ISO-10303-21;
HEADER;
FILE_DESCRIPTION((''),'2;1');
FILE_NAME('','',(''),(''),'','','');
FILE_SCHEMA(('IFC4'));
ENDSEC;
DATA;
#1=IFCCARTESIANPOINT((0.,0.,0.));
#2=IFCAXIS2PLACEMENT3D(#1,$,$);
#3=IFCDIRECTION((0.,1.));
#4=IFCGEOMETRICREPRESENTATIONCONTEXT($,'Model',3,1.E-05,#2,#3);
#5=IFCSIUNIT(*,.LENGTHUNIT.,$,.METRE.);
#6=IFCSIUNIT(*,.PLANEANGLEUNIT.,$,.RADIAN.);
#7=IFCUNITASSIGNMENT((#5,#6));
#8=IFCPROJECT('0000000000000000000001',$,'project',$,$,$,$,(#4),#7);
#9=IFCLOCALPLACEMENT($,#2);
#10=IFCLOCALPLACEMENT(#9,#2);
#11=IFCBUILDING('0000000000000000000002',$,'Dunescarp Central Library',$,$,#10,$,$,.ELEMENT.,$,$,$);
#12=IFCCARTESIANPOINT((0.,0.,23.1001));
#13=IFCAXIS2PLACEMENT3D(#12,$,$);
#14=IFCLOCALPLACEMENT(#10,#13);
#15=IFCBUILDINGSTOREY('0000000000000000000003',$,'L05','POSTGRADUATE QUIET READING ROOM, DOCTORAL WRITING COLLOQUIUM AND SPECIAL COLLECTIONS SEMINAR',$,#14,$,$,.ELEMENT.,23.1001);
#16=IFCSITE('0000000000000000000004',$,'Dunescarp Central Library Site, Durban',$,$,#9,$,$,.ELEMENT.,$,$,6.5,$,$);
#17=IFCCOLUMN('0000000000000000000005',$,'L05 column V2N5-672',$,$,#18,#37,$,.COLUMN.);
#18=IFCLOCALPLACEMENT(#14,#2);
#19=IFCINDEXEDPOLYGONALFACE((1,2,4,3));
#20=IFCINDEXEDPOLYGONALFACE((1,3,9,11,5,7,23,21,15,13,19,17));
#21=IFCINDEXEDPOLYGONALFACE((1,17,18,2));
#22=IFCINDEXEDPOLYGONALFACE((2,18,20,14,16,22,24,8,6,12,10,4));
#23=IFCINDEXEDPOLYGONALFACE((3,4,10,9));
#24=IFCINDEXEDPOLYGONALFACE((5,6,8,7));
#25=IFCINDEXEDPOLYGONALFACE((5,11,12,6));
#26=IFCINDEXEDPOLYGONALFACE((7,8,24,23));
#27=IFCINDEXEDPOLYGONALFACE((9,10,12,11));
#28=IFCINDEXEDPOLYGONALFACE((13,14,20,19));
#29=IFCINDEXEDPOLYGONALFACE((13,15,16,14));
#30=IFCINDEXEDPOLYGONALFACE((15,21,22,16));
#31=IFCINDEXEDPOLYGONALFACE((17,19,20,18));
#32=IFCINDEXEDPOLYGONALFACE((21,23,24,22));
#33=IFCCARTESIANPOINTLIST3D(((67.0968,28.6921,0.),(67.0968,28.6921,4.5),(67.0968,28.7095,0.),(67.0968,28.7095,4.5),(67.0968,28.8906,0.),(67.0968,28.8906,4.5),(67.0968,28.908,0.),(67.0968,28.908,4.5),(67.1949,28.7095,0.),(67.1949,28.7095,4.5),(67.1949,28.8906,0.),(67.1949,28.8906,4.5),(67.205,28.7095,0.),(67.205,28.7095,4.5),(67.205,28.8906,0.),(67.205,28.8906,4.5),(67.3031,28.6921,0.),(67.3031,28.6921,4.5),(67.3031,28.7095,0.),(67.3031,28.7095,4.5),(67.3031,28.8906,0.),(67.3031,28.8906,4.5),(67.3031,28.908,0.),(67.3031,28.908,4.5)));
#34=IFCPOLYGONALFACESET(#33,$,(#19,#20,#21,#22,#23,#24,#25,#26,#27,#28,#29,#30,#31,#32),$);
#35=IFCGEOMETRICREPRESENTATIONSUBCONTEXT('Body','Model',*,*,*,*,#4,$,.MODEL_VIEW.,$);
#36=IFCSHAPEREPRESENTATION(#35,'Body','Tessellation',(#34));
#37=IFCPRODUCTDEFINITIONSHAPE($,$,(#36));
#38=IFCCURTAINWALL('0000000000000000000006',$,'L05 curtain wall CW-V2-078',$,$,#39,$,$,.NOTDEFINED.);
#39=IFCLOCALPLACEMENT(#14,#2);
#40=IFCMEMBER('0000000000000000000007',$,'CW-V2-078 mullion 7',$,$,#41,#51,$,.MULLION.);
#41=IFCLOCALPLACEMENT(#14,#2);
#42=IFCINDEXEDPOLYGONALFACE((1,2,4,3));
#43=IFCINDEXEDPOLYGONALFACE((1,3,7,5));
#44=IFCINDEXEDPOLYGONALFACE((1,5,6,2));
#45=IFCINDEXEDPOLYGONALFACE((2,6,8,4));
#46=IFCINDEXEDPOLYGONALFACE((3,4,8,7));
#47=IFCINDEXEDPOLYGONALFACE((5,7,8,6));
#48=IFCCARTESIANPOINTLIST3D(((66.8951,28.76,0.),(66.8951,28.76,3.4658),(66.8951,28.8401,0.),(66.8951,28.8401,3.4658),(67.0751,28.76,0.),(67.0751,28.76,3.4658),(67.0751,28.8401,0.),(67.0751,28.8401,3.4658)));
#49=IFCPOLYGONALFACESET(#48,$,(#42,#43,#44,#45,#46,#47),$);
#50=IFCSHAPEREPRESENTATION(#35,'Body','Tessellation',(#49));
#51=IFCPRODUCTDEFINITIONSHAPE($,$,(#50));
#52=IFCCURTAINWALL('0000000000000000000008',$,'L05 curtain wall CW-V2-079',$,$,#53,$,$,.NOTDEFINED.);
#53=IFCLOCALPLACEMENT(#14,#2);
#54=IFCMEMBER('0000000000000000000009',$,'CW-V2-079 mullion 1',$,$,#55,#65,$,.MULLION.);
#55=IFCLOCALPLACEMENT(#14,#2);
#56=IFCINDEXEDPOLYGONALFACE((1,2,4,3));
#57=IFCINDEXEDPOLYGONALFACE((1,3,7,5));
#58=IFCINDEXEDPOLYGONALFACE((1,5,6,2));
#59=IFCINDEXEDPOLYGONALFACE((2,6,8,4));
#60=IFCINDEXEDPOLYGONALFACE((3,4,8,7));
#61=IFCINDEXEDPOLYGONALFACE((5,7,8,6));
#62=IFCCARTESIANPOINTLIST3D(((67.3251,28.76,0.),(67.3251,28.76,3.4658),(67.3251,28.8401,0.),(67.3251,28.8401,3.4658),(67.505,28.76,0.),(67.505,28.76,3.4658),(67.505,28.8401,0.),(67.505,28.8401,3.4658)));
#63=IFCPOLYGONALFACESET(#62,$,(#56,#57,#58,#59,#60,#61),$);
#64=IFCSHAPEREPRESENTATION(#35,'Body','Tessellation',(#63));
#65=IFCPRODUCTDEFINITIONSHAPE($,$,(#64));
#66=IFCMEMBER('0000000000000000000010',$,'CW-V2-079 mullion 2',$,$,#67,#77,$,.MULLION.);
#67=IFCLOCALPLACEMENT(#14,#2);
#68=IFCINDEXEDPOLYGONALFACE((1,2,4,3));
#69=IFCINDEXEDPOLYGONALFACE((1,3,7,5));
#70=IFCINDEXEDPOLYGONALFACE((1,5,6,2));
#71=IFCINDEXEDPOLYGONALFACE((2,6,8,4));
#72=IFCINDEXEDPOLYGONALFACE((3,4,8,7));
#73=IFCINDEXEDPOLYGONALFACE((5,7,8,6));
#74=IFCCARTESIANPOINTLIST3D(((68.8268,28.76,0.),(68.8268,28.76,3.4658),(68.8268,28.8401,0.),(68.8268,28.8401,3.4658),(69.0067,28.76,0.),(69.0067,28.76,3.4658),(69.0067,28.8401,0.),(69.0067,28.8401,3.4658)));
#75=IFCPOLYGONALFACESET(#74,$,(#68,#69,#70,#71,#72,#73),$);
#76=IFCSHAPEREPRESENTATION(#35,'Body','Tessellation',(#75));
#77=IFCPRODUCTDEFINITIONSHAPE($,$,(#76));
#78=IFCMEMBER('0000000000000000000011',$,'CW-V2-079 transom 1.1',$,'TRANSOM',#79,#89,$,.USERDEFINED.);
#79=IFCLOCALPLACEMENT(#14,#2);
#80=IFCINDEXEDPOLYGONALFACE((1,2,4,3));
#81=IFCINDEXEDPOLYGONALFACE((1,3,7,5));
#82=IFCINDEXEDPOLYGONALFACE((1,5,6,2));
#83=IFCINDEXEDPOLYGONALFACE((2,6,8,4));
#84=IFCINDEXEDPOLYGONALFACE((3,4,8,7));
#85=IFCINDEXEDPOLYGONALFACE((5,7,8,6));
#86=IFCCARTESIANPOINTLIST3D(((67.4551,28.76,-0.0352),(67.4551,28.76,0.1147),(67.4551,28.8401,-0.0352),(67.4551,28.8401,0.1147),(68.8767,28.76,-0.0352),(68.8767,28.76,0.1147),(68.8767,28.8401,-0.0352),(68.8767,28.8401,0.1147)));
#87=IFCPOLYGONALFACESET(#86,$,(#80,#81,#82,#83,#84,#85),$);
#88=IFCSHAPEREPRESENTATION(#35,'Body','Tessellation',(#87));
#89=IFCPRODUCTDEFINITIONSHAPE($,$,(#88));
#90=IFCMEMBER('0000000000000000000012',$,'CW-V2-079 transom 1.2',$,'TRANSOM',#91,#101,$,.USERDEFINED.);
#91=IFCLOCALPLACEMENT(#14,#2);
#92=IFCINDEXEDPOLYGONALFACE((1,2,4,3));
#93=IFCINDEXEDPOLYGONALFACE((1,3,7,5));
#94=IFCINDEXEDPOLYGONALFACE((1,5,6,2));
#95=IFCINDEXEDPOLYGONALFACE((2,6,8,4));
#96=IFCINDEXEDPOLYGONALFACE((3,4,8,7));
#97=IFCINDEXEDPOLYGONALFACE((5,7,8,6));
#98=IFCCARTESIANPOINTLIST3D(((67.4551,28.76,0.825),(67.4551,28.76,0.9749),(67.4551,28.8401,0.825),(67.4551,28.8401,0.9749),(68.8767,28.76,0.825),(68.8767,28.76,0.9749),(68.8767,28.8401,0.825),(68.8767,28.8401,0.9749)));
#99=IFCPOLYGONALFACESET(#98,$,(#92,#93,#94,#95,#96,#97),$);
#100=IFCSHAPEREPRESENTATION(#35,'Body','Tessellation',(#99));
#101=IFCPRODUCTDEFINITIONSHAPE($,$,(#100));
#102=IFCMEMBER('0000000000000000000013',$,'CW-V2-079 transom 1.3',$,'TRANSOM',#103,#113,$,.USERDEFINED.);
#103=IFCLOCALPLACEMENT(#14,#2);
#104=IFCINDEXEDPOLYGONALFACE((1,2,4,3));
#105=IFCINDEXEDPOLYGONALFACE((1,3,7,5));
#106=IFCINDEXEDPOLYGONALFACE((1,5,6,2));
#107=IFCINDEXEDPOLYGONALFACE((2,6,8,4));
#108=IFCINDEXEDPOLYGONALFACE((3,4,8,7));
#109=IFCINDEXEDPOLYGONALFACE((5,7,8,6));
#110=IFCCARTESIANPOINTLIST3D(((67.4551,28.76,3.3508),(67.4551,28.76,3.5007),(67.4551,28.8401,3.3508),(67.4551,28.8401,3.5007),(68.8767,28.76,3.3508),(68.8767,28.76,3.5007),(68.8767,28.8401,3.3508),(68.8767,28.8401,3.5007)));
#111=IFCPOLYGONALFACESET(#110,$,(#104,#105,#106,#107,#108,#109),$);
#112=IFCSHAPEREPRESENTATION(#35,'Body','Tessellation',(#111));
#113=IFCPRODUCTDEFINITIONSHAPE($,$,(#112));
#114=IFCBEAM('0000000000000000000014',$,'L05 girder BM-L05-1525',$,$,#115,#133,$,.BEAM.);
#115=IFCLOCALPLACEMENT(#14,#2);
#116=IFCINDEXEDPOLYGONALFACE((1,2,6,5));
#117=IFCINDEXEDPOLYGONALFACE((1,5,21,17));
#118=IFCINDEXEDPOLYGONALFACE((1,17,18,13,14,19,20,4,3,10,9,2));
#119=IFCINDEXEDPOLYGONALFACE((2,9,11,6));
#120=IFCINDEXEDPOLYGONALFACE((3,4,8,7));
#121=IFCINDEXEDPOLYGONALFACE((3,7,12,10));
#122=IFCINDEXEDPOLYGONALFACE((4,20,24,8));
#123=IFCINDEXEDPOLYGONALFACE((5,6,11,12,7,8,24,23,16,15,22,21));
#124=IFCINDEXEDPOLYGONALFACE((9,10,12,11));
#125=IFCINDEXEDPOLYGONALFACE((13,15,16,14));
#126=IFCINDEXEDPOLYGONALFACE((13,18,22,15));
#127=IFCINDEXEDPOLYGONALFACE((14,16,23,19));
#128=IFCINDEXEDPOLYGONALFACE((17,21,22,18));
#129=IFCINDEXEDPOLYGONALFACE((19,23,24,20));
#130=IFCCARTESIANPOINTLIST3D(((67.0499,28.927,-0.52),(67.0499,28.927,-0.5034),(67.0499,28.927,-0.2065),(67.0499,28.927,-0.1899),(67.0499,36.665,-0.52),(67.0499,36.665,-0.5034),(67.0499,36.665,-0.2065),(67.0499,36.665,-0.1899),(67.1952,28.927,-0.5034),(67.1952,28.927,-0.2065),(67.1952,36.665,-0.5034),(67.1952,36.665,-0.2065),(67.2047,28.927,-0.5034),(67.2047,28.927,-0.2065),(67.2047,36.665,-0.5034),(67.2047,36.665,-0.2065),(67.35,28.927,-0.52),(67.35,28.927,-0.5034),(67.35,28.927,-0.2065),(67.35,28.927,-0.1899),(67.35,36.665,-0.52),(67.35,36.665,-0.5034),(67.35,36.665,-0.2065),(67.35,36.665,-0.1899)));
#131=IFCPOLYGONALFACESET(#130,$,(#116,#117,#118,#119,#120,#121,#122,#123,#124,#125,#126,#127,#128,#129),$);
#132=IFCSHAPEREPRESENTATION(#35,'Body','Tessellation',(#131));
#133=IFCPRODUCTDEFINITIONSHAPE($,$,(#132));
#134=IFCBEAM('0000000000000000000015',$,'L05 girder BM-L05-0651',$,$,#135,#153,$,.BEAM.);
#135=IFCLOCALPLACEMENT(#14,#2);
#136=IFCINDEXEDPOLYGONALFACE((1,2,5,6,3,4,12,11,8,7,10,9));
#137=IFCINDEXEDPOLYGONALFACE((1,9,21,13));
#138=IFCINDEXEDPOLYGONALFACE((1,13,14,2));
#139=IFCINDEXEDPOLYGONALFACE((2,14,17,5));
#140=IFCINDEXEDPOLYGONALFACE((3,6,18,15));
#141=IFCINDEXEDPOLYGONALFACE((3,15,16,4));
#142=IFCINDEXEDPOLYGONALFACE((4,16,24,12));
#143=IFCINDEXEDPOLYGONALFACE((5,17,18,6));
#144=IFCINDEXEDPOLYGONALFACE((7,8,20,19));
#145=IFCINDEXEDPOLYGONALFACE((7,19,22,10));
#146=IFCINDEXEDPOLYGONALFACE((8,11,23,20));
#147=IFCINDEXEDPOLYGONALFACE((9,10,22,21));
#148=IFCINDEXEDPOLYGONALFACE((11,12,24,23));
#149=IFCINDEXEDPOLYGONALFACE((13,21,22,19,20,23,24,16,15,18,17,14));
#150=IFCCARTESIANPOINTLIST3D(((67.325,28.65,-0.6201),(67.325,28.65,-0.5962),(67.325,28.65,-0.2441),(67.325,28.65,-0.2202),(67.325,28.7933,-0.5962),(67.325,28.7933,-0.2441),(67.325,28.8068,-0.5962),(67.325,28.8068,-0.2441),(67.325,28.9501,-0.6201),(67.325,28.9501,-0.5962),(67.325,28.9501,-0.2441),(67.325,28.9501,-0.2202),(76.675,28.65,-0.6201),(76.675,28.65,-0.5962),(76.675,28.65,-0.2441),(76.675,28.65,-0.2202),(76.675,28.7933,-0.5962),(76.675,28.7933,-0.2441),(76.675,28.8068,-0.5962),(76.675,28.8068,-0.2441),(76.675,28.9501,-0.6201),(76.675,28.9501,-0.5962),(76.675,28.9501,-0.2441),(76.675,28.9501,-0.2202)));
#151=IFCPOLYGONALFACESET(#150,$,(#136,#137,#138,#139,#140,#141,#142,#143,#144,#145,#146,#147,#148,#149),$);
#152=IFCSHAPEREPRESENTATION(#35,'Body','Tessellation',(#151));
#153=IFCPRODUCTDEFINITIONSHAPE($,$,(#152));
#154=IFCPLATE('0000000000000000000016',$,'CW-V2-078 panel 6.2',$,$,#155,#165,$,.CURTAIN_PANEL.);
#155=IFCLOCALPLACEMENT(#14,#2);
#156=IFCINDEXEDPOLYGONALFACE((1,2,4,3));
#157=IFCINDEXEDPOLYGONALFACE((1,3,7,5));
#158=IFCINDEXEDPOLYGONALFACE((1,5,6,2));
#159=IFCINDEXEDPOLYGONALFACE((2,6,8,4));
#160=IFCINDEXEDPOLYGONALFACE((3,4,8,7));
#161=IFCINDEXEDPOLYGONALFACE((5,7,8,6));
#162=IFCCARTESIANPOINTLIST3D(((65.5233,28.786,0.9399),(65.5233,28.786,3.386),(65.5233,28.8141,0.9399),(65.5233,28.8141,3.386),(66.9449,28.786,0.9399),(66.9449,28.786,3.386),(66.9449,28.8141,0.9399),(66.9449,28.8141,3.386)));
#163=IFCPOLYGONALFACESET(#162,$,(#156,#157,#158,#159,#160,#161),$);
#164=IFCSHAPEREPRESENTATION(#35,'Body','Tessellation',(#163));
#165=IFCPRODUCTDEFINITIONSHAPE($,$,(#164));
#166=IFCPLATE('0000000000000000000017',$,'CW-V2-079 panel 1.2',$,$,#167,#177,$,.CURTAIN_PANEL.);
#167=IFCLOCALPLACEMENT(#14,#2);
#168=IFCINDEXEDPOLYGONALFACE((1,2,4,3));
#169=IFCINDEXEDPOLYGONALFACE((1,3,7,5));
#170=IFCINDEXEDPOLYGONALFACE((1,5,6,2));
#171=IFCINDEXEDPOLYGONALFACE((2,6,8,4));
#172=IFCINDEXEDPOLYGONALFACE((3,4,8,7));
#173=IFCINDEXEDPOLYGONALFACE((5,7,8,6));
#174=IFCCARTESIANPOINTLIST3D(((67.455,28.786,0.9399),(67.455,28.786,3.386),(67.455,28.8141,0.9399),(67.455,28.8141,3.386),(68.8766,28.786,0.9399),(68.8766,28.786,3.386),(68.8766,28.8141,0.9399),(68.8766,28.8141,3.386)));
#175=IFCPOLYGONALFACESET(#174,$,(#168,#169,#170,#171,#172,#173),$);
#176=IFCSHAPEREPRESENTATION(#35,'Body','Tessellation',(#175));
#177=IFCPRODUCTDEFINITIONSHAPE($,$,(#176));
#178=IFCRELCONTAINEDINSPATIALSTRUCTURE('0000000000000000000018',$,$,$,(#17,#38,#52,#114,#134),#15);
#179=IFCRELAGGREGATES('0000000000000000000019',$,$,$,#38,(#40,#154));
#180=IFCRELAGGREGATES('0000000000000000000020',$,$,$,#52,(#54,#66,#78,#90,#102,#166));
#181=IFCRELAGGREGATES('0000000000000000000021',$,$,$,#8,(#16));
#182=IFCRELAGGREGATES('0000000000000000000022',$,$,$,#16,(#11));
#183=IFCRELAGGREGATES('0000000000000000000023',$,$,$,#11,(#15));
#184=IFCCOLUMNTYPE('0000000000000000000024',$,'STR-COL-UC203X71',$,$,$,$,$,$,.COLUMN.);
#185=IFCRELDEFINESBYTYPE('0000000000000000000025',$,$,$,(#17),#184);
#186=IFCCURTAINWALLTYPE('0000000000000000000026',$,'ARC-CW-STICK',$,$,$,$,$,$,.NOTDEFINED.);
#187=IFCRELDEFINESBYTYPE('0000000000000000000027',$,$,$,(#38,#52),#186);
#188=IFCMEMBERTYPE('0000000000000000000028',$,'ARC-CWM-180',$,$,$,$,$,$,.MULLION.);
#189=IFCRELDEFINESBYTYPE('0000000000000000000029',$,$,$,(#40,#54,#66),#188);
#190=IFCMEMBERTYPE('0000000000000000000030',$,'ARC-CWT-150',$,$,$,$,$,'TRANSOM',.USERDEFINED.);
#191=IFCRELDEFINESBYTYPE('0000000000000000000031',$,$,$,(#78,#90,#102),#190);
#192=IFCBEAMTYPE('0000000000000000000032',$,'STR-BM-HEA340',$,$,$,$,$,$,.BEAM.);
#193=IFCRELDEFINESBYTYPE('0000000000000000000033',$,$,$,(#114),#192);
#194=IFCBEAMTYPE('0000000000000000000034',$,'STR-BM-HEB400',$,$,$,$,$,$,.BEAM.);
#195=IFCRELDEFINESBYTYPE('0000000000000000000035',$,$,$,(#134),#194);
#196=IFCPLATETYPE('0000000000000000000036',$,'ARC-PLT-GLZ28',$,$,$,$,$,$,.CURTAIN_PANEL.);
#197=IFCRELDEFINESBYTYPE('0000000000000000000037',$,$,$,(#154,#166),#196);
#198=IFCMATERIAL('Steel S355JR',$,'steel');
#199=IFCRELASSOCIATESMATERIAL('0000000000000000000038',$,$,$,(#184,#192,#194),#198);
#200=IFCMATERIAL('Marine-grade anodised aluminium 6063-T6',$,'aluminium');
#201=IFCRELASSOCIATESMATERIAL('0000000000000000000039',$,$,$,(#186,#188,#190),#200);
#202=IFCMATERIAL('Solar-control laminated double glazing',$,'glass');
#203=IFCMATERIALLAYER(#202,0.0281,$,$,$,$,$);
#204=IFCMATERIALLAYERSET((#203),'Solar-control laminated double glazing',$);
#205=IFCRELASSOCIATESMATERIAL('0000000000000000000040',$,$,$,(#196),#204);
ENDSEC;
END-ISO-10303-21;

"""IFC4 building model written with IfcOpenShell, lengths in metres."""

from ifc_helpers import new_model, si_unit, direction, frame, origin, origin_2d, place, context, subcontext, project, spatial, rectangle, i_section, extrude, material, layer, layer_set, material_profile, profile_set, type_object, element, aggregate, save


model = new_model("IFC4")

# Units and contexts
model_context = context("Model", 3, precision=1e-05, world=origin(), true_north=direction((0.0, 1.0)))
body_context = subcontext(model_context, "Body", "Model", "MODEL_VIEW")
ifc_project = project(units=[si_unit("LENGTHUNIT", "METRE"), si_unit("PLANEANGLEUNIT", "RADIAN")], contexts=[model_context])

# Site, building, storey
site_placement = place(None, origin())
site = spatial("IfcSite", under=ifc_project, at=site_placement, Name="Dunescarp Central Library Site, Durban", CompositionType="ELEMENT", RefElevation=6.5)
building_placement = place(site_placement, origin())
building = spatial("IfcBuilding", under=site, at=building_placement, Name="Dunescarp Central Library", CompositionType="ELEMENT")
storey_placement = place(building_placement, frame((0.0, 0.0, 23.1001)))
storey = spatial("IfcBuildingStorey", under=building, at=storey_placement, Name="L05", Description="POSTGRADUATE QUIET READING ROOM, DOCTORAL WRITING COLLOQUIUM AND SPECIAL COLLECTIONS SEMINAR", CompositionType="ELEMENT", Elevation=23.1001)

# Column
ifc_material_1 = material(Name="Steel S355JR", Category="steel")
ifc_material_profile_1 = material_profile(ifc_material_1, i_section(OverallWidth=0.2063, OverallDepth=0.2158, WebThickness=0.01, FlangeThickness=0.0173, at=origin_2d()), Name="UC 203x203x71")
ifc_profile_set_1 = profile_set([ifc_material_profile_1], Name="Steel S355JR")
column_type = type_object("IfcColumnType", Name="STR-COL-UC203X71", PredefinedType="COLUMN", material=ifc_profile_set_1)
column_placement = place(storey_placement, frame((67.2, 28.8, 0.0), z_axis=(0.0, 0.0, 1.0), x_axis=(1.0, 0.0, 0.0)))
element("IfcColumn", 1, at=column_placement, inside=storey, type_object=column_type, Name="L05 column V2N5-672", PredefinedType="COLUMN", context=body_context, shape_type="SweptSolid", body=[
    extrude(i_section(OverallWidth=0.2063, OverallDepth=0.2158, WebThickness=0.01, FlangeThickness=0.0173, at=origin_2d()), origin(), (0.0, 0.0, 1.0), 4.5),
])

# Curtain wall, member
ifc_material_2 = material(Name="Marine-grade anodised aluminium 6063-T6", Category="aluminium")
curtain_wall_type = type_object("IfcCurtainWallType", Name="ARC-CW-STICK", PredefinedType="NOTDEFINED", material=ifc_material_2)
curtain_wall_1_placement = place(storey_placement, origin())
curtain_wall_1 = element("IfcCurtainWall", 2, at=curtain_wall_1_placement, inside=storey, type_object=curtain_wall_type, Name="L05 curtain wall CW-V2-078", PredefinedType="NOTDEFINED")
ifc_material_profile_2 = material_profile(ifc_material_2, rectangle(XDim=0.0801, YDim=0.1799, at=origin_2d()), Name="AL 80x180")
ifc_profile_set_2 = profile_set([ifc_material_profile_2], Name="Marine-grade anodised aluminium 6063-T6")
member_type_1 = type_object("IfcMemberType", Name="ARC-CWM-180", PredefinedType="MULLION", material=ifc_profile_set_2)
member_1_placement = place(storey_placement, frame((66.9851, 28.8, 0.0), z_axis=(0.0, 0.0, 1.0), x_axis=(0.0, 1.0, 0.0)))
member_1 = element("IfcMember", 3, at=member_1_placement, type_object=member_type_1, Name="CW-V2-078 mullion 7", PredefinedType="MULLION", context=body_context, shape_type="SweptSolid", body=[
    extrude(rectangle(XDim=0.0801, YDim=0.1799, at=origin_2d()), origin(), (0.0, 0.0, 1.0), 3.4658),
])

# Curtain wall, members
curtain_wall_2_placement = place(storey_placement, origin())
curtain_wall_2 = element("IfcCurtainWall", 4, at=curtain_wall_2_placement, inside=storey, type_object=curtain_wall_type, Name="L05 curtain wall CW-V2-079", PredefinedType="NOTDEFINED")
member_2_placement = place(storey_placement, frame((67.415, 28.8, 0.0), z_axis=(0.0, 0.0, 1.0), x_axis=(0.0, 1.0, 0.0)))
member_2 = element("IfcMember", 5, at=member_2_placement, type_object=member_type_1, Name="CW-V2-079 mullion 1", PredefinedType="MULLION", context=body_context, shape_type="SweptSolid", body=[
    extrude(rectangle(XDim=0.0801, YDim=0.1799, at=origin_2d()), origin(), (0.0, 0.0, 1.0), 3.4658),
])
member_3_placement = place(storey_placement, frame((68.9167, 28.8, 0.0), z_axis=(0.0, 0.0, 1.0), x_axis=(0.0, 1.0, 0.0)))
member_3 = element("IfcMember", 6, at=member_3_placement, type_object=member_type_1, Name="CW-V2-079 mullion 2", PredefinedType="MULLION", context=body_context, shape_type="SweptSolid", body=[
    extrude(rectangle(XDim=0.0801, YDim=0.1799, at=origin_2d()), origin(), (0.0, 0.0, 1.0), 3.4658),
])
ifc_material_profile_3 = material_profile(ifc_material_2, rectangle(XDim=0.0801, YDim=0.1499, at=origin_2d()), Name="AL 80x150")
ifc_profile_set_3 = profile_set([ifc_material_profile_3], Name="Marine-grade anodised aluminium 6063-T6")
member_type_2 = type_object("IfcMemberType", Name="ARC-CWT-150", ElementType="TRANSOM", PredefinedType="USERDEFINED", material=ifc_profile_set_3)
member_4_placement = place(storey_placement, frame((67.4551, 28.8, 0.0398), z_axis=(1.0, 0.0, 0.0), x_axis=(0.0, 1.0, 0.0)))
member_4 = element("IfcMember", 7, at=member_4_placement, type_object=member_type_2, Name="CW-V2-079 transom 1.1", ObjectType="TRANSOM", PredefinedType="USERDEFINED", context=body_context, shape_type="SweptSolid", body=[
    extrude(rectangle(XDim=0.0801, YDim=0.1499, at=origin_2d()), origin(), (0.0, 0.0, 1.0), 1.4216),
])
member_5_placement = place(storey_placement, frame((67.4551, 28.8, 0.8999), z_axis=(1.0, 0.0, 0.0), x_axis=(0.0, 1.0, 0.0)))
member_5 = element("IfcMember", 8, at=member_5_placement, type_object=member_type_2, Name="CW-V2-079 transom 1.2", ObjectType="TRANSOM", PredefinedType="USERDEFINED", context=body_context, shape_type="SweptSolid", body=[
    extrude(rectangle(XDim=0.0801, YDim=0.1499, at=origin_2d()), origin(), (0.0, 0.0, 1.0), 1.4216),
])
member_6_placement = place(storey_placement, frame((67.4551, 28.8, 3.4258), z_axis=(1.0, 0.0, 0.0), x_axis=(0.0, 1.0, 0.0)))
member_6 = element("IfcMember", 9, at=member_6_placement, type_object=member_type_2, Name="CW-V2-079 transom 1.3", ObjectType="TRANSOM", PredefinedType="USERDEFINED", context=body_context, shape_type="SweptSolid", body=[
    extrude(rectangle(XDim=0.0801, YDim=0.1499, at=origin_2d()), origin(), (0.0, 0.0, 1.0), 1.4216),
])

# Beams
ifc_material_profile_4 = material_profile(ifc_material_1, i_section(OverallWidth=0.3, OverallDepth=0.3301, WebThickness=0.0095, FlangeThickness=0.0166, at=origin_2d()), Name="HEA 340")
ifc_profile_set_4 = profile_set([ifc_material_profile_4], Name="Steel S355JR")
beam_type_1 = type_object("IfcBeamType", Name="STR-BM-HEA340", PredefinedType="BEAM", material=ifc_profile_set_4)
beam_1_placement = place(storey_placement, frame((67.2, 28.927, -0.355), z_axis=(0.0, 1.0, 0.0), x_axis=(-1.0, 0.0, 0.0)))
element("IfcBeam", 10, at=beam_1_placement, inside=storey, type_object=beam_type_1, Name="L05 girder BM-L05-1525", PredefinedType="BEAM", context=body_context, shape_type="SweptSolid", body=[
    extrude(i_section(OverallWidth=0.3, OverallDepth=0.3301, WebThickness=0.0095, FlangeThickness=0.0166, at=origin_2d()), origin(), (0.0, 0.0, 1.0), 7.738),
])
ifc_material_profile_5 = material_profile(ifc_material_1, i_section(OverallWidth=0.3, OverallDepth=0.3999, WebThickness=0.0134, FlangeThickness=0.0239, at=origin_2d()), Name="HEB 400")
ifc_profile_set_5 = profile_set([ifc_material_profile_5], Name="Steel S355JR")
beam_type_2 = type_object("IfcBeamType", Name="STR-BM-HEB400", PredefinedType="BEAM", material=ifc_profile_set_5)
beam_2_placement = place(storey_placement, frame((67.325, 28.8, -0.4202), z_axis=(1.0, 0.0, 0.0), x_axis=(0.0, 1.0, 0.0)))
element("IfcBeam", 11, at=beam_2_placement, inside=storey, type_object=beam_type_2, Name="L05 girder BM-L05-0651", PredefinedType="BEAM", context=body_context, shape_type="SweptSolid", body=[
    extrude(i_section(OverallWidth=0.3, OverallDepth=0.3999, WebThickness=0.0134, FlangeThickness=0.0239, at=origin_2d()), origin(), (0.0, 0.0, 1.0), 9.3501),
])

# Plates
ifc_material_3 = material(Name="Solar-control laminated double glazing", Category="glass")
ifc_layer_1 = layer(ifc_material_3, 0.0281)
ifc_layer_set_1 = layer_set([ifc_layer_1], Name="Solar-control laminated double glazing")
plate_type_1 = type_object("IfcPlateType", Name="ARC-PLT-GLZ28", PredefinedType="CURTAIN_PANEL", material=ifc_layer_set_1)
plate_1_placement = place(storey_placement, frame((66.2341, 28.8, 0.9399), z_axis=(0.0, 0.0, 1.0), x_axis=(1.0, 0.0, 0.0)))
plate_1 = element("IfcPlate", 12, at=plate_1_placement, type_object=plate_type_1, Name="CW-V2-078 panel 6.2", PredefinedType="CURTAIN_PANEL", context=body_context, shape_type="SweptSolid", body=[
    extrude(rectangle(XDim=1.4216, YDim=0.0281, at=origin_2d()), origin(), (0.0, 0.0, 1.0), 2.446),
])
plate_2_placement = place(storey_placement, frame((68.1658, 28.8, 0.9399), z_axis=(0.0, 0.0, 1.0), x_axis=(1.0, 0.0, 0.0)))
plate_2 = element("IfcPlate", 13, at=plate_2_placement, type_object=plate_type_1, Name="CW-V2-079 panel 1.2", PredefinedType="CURTAIN_PANEL", context=body_context, shape_type="SweptSolid", body=[
    extrude(rectangle(XDim=1.4216, YDim=0.0281, at=origin_2d()), origin(), (0.0, 0.0, 1.0), 2.446),
])
aggregate(curtain_wall_1, [member_1, plate_1])
aggregate(curtain_wall_2, [member_2, member_3, member_4, member_5, member_6, plate_2])

save(model, "model.ifc")
